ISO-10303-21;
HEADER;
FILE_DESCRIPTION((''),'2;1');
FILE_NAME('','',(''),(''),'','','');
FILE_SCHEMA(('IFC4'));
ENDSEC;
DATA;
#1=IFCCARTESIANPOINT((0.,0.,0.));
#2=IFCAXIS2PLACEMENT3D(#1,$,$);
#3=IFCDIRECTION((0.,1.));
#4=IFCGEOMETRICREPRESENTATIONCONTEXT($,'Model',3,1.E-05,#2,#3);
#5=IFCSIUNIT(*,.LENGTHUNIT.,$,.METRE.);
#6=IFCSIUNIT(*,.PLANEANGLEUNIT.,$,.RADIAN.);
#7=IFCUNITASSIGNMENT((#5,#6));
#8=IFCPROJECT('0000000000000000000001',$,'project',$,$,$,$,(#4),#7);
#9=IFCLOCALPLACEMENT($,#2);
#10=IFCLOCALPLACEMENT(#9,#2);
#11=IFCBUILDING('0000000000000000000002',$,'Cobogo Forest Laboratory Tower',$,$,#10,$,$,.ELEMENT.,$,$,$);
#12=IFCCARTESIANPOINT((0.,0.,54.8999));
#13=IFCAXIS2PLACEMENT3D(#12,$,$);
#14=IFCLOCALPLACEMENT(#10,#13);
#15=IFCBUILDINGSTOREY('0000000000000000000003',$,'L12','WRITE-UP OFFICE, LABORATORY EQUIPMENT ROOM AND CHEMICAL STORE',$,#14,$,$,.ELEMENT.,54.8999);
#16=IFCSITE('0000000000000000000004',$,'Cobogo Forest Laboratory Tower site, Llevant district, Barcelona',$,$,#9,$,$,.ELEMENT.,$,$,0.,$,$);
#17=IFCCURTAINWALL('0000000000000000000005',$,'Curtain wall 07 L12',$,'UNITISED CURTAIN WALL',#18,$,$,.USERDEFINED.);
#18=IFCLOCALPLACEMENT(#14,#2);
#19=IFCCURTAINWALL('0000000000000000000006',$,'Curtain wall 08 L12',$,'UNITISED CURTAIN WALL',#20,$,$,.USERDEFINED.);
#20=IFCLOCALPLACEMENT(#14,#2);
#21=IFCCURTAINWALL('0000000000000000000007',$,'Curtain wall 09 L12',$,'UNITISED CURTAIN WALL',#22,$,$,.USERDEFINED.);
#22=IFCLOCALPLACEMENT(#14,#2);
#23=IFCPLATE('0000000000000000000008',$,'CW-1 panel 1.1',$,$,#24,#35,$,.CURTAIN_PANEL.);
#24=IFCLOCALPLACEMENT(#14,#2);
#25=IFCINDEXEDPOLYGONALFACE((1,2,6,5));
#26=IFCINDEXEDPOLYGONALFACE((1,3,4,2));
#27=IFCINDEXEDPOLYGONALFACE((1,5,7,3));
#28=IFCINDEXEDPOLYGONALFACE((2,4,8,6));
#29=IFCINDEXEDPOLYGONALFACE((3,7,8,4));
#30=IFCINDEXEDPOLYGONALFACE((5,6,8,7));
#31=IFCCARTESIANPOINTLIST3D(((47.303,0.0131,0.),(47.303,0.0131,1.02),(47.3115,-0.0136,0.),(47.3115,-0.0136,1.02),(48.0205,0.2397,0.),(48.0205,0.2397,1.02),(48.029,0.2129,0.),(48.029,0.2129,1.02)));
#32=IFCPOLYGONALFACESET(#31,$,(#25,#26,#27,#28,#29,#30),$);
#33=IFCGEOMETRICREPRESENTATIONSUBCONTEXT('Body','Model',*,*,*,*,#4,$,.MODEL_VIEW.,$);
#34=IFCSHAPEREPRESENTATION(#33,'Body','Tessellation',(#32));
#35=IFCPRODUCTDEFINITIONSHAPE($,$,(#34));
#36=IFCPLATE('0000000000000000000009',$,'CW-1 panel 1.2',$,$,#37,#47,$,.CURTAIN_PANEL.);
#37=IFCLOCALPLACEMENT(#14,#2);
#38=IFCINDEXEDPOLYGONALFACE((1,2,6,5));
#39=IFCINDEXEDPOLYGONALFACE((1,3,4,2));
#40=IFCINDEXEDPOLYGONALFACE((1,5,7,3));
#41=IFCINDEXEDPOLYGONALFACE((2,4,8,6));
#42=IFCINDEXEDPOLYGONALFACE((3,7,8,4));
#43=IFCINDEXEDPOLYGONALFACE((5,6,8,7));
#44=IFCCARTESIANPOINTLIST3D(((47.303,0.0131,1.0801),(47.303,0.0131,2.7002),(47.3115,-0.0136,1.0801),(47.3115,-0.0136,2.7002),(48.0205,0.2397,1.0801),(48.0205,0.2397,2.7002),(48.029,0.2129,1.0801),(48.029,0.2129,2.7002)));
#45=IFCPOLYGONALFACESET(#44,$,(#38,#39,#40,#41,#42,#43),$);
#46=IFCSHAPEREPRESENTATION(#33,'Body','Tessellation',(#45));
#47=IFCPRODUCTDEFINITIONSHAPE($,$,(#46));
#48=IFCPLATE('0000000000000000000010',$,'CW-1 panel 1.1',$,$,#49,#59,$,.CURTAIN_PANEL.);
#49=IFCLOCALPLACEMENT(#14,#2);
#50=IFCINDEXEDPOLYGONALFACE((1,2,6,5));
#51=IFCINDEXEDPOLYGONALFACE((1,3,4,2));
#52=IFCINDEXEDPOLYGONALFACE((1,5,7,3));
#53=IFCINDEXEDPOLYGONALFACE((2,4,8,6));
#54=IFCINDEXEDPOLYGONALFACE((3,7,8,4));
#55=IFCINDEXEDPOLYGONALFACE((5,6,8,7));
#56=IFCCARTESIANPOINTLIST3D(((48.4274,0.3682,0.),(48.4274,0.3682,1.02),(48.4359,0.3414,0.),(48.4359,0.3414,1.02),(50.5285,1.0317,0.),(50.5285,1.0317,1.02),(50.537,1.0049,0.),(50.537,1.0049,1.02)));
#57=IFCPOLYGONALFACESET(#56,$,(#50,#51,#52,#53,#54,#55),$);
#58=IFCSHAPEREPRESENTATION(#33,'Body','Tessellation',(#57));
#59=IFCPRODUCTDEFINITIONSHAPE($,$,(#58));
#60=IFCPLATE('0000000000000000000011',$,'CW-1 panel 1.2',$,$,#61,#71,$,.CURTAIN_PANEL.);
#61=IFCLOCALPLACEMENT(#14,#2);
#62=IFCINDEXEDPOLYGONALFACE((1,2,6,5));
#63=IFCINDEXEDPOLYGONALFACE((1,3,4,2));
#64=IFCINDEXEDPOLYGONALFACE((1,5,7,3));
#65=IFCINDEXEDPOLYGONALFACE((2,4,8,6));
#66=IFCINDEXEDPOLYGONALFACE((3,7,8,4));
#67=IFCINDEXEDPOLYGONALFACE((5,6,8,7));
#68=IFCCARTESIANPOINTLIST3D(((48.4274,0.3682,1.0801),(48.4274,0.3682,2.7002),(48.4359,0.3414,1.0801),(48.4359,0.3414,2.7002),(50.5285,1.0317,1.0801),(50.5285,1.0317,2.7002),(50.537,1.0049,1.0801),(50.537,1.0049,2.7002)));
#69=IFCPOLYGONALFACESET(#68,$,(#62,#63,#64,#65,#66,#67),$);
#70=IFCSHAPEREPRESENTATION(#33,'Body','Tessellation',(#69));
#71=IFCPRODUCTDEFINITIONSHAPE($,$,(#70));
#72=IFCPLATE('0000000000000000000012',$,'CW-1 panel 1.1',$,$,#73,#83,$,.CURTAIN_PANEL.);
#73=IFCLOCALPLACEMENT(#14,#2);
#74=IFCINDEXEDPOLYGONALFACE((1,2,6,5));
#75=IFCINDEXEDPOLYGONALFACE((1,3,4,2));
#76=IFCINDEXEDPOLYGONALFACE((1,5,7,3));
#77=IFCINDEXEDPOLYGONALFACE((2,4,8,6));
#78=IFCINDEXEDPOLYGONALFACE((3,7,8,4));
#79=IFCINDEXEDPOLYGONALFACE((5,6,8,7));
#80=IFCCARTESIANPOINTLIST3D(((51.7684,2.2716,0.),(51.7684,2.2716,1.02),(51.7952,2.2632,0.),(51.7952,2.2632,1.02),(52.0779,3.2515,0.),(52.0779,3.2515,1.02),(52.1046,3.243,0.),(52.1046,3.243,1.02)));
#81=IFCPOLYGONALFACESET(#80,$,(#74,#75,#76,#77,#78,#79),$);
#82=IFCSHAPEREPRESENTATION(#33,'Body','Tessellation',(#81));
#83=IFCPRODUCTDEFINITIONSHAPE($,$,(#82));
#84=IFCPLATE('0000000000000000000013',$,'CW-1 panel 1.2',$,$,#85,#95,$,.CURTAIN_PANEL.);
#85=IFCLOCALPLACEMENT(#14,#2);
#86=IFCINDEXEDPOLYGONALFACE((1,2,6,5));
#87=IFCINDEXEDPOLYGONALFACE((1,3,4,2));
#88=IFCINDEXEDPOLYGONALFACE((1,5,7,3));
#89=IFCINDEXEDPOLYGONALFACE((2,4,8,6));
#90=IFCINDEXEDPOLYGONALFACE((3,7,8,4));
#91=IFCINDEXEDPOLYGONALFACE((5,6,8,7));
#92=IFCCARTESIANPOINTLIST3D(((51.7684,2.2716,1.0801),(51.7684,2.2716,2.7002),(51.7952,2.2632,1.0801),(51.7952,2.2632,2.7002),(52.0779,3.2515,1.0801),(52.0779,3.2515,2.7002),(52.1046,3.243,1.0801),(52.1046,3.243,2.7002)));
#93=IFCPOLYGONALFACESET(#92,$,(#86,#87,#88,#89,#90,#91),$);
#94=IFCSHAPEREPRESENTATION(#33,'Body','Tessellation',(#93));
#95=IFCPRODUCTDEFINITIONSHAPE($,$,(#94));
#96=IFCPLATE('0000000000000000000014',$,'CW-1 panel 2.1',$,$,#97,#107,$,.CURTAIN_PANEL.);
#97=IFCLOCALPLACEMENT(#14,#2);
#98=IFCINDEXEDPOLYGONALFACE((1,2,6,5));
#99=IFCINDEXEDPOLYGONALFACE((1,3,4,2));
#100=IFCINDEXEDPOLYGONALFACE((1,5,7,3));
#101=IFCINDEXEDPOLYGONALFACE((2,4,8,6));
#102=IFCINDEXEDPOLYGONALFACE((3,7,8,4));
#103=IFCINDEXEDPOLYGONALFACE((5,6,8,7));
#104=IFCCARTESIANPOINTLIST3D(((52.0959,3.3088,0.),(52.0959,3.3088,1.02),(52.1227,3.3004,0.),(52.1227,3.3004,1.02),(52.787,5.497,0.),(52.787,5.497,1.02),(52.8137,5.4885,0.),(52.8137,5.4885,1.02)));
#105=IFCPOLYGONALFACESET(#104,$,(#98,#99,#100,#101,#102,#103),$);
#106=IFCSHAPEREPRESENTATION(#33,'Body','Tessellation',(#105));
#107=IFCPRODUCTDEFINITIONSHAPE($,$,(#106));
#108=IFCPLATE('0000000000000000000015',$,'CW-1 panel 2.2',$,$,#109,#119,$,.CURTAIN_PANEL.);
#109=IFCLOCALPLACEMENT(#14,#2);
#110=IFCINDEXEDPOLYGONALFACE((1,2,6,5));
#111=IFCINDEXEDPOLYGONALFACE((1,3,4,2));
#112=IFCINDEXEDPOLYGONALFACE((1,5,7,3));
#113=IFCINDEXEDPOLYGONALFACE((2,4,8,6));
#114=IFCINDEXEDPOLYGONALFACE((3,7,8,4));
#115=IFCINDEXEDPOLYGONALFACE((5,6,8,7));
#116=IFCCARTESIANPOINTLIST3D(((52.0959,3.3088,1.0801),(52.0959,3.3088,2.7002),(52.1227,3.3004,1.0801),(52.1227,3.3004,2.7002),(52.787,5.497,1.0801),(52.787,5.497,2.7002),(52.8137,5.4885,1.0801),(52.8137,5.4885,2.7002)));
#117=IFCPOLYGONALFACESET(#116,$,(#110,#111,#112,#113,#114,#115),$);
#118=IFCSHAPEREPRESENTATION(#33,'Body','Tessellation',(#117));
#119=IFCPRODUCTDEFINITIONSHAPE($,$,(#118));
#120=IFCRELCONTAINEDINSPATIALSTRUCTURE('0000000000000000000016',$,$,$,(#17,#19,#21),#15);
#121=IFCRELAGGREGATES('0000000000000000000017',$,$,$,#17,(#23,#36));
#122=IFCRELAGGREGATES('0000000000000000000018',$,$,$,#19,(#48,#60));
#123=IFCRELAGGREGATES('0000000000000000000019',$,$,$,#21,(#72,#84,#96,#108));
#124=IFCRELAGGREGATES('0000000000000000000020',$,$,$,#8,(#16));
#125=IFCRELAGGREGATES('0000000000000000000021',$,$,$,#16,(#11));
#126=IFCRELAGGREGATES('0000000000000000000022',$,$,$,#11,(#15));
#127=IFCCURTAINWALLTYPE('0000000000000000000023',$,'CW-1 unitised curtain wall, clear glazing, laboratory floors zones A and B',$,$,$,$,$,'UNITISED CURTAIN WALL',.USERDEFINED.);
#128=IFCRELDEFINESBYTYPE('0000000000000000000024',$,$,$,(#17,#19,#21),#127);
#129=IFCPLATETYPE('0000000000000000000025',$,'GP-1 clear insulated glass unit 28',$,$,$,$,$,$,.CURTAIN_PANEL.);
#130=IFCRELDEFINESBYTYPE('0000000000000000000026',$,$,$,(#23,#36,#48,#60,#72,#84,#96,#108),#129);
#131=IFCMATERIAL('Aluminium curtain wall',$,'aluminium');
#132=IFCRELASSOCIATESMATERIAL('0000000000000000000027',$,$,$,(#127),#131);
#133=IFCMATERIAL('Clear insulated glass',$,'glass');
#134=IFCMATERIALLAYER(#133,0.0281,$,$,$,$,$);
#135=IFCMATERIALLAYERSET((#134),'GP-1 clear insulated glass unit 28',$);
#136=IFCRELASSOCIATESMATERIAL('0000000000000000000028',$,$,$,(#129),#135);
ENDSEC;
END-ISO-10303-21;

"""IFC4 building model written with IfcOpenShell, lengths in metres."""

from ifc_helpers import new_model, si_unit, direction, frame, origin, origin_2d, place, context, subcontext, project, spatial, rectangle, extrude, material, layer, layer_set, type_object, element, aggregate, save


model = new_model("IFC4")

# Units and contexts
model_context = context("Model", 3, precision=1e-05, world=origin(), true_north=direction((0.0, 1.0)))
body_context = subcontext(model_context, "Body", "Model", "MODEL_VIEW")
ifc_project = project(units=[si_unit("LENGTHUNIT", "METRE"), si_unit("PLANEANGLEUNIT", "RADIAN")], contexts=[model_context])

# Site, building, storey
site_placement = place(None, origin())
site = spatial("IfcSite", under=ifc_project, at=site_placement, Name="Cobogo Forest Laboratory Tower site, Llevant district, Barcelona", CompositionType="ELEMENT", RefElevation=0.0)
building_placement = place(site_placement, origin())
building = spatial("IfcBuilding", under=site, at=building_placement, Name="Cobogo Forest Laboratory Tower", CompositionType="ELEMENT")
storey_placement = place(building_placement, frame((0.0, 0.0, 54.8999)))
storey = spatial("IfcBuildingStorey", under=building, at=storey_placement, Name="L12", Description="WRITE-UP OFFICE, LABORATORY EQUIPMENT ROOM AND CHEMICAL STORE", CompositionType="ELEMENT", Elevation=54.8999)

# Curtain walls
ifc_material_1 = material(Name="Aluminium curtain wall", Category="aluminium")
curtain_wall_type = type_object("IfcCurtainWallType", Name="CW-1 unitised curtain wall, clear glazing, laboratory floors zones A and B", ElementType="UNITISED CURTAIN WALL", PredefinedType="USERDEFINED", material=ifc_material_1)
curtain_wall_1_placement = place(storey_placement, origin())
curtain_wall_1 = element("IfcCurtainWall", 1, at=curtain_wall_1_placement, inside=storey, type_object=curtain_wall_type, Name="Curtain wall 07 L12", ObjectType="UNITISED CURTAIN WALL", PredefinedType="USERDEFINED")
curtain_wall_2_placement = place(storey_placement, origin())
curtain_wall_2 = element("IfcCurtainWall", 2, at=curtain_wall_2_placement, inside=storey, type_object=curtain_wall_type, Name="Curtain wall 08 L12", ObjectType="UNITISED CURTAIN WALL", PredefinedType="USERDEFINED")
curtain_wall_3_placement = place(storey_placement, origin())
curtain_wall_3 = element("IfcCurtainWall", 3, at=curtain_wall_3_placement, inside=storey, type_object=curtain_wall_type, Name="Curtain wall 09 L12", ObjectType="UNITISED CURTAIN WALL", PredefinedType="USERDEFINED")

# Plates
ifc_material_2 = material(Name="Clear insulated glass", Category="glass")
ifc_layer = layer(ifc_material_2, 0.0281)
ifc_layer_set = layer_set([ifc_layer], Name="GP-1 clear insulated glass unit 28")
plate_type = type_object("IfcPlateType", Name="GP-1 clear insulated glass unit 28", PredefinedType="CURTAIN_PANEL", material=ifc_layer_set)
plate_1_placement = place(storey_placement, frame((47.666, 0.113, 0.0), z_axis=(0.0, 0.0, 1.0), x_axis=(0.953582, 0.301135, 0.0)))
plate_1 = element("IfcPlate", 4, at=plate_1_placement, type_object=plate_type, Name="CW-1 panel 1.1", PredefinedType="CURTAIN_PANEL", context=body_context, shape_type="SweptSolid", body=[
    extrude(rectangle(XDim=0.7524, YDim=0.0281, at=origin_2d()), origin(), (0.0, 0.0, 1.0), 1.02),
])
plate_2_placement = place(storey_placement, frame((47.666, 0.113, 1.0801), z_axis=(0.0, 0.0, 1.0), x_axis=(0.953582, 0.301135, 0.0)))
plate_2 = element("IfcPlate", 5, at=plate_2_placement, type_object=plate_type, Name="CW-1 panel 1.2", PredefinedType="CURTAIN_PANEL", context=body_context, shape_type="SweptSolid", body=[
    extrude(rectangle(XDim=0.7524, YDim=0.0281, at=origin_2d()), origin(), (0.0, 0.0, 1.0), 1.6201),
])
aggregate(curtain_wall_1, [plate_1, plate_2])
plate_3_placement = place(storey_placement, frame((49.4822, 0.6865, 0.0), z_axis=(0.0, 0.0, 1.0), x_axis=(0.953581, 0.301135, 0.0)))
plate_3 = element("IfcPlate", 6, at=plate_3_placement, type_object=plate_type, Name="CW-1 panel 1.1", PredefinedType="CURTAIN_PANEL", context=body_context, shape_type="SweptSolid", body=[
    extrude(rectangle(XDim=2.2034, YDim=0.0281, at=origin_2d()), origin(), (0.0, 0.0, 1.0), 1.02),
])
plate_4_placement = place(storey_placement, frame((49.4822, 0.6865, 1.0801), z_axis=(0.0, 0.0, 1.0), x_axis=(0.953581, 0.301135, 0.0)))
plate_4 = element("IfcPlate", 7, at=plate_4_placement, type_object=plate_type, Name="CW-1 panel 1.2", PredefinedType="CURTAIN_PANEL", context=body_context, shape_type="SweptSolid", body=[
    extrude(rectangle(XDim=2.2034, YDim=0.0281, at=origin_2d()), origin(), (0.0, 0.0, 1.0), 1.6201),
])
aggregate(curtain_wall_2, [plate_3, plate_4])
plate_5_placement = place(storey_placement, frame((51.9365, 2.7573, 0.0), z_axis=(0.0, 0.0, 1.0), x_axis=(0.301135, 0.953581, 0.0)))
plate_5 = element("IfcPlate", 8, at=plate_5_placement, type_object=plate_type, Name="CW-1 panel 1.1", PredefinedType="CURTAIN_PANEL", context=body_context, shape_type="SweptSolid", body=[
    extrude(rectangle(XDim=1.0276, YDim=0.0281, at=origin_2d()), origin(), (0.0, 0.0, 1.0), 1.02),
])
plate_6_placement = place(storey_placement, frame((51.9365, 2.7573, 1.0801), z_axis=(0.0, 0.0, 1.0), x_axis=(0.301135, 0.953581, 0.0)))
plate_6 = element("IfcPlate", 9, at=plate_6_placement, type_object=plate_type, Name="CW-1 panel 1.2", PredefinedType="CURTAIN_PANEL", context=body_context, shape_type="SweptSolid", body=[
    extrude(rectangle(XDim=1.0276, YDim=0.0281, at=origin_2d()), origin(), (0.0, 0.0, 1.0), 1.6201),
])
plate_7_placement = place(storey_placement, frame((52.4548, 4.3987, 0.0), z_axis=(0.0, 0.0, 1.0), x_axis=(0.301135, 0.953581, 0.0)))
plate_7 = element("IfcPlate", 10, at=plate_7_placement, type_object=plate_type, Name="CW-1 panel 2.1", PredefinedType="CURTAIN_PANEL", context=body_context, shape_type="SweptSolid", body=[
    extrude(rectangle(XDim=2.2947, YDim=0.0281, at=origin_2d()), origin(), (0.0, 0.0, 1.0), 1.02),
])
plate_8_placement = place(storey_placement, frame((52.4548, 4.3987, 1.0801), z_axis=(0.0, 0.0, 1.0), x_axis=(0.301135, 0.953581, 0.0)))
plate_8 = element("IfcPlate", 11, at=plate_8_placement, type_object=plate_type, Name="CW-1 panel 2.2", PredefinedType="CURTAIN_PANEL", context=body_context, shape_type="SweptSolid", body=[
    extrude(rectangle(XDim=2.2947, YDim=0.0281, at=origin_2d()), origin(), (0.0, 0.0, 1.0), 1.6201),
])
aggregate(curtain_wall_3, [plate_5, plate_6, plate_7, plate_8])

save(model, "model.ifc")
